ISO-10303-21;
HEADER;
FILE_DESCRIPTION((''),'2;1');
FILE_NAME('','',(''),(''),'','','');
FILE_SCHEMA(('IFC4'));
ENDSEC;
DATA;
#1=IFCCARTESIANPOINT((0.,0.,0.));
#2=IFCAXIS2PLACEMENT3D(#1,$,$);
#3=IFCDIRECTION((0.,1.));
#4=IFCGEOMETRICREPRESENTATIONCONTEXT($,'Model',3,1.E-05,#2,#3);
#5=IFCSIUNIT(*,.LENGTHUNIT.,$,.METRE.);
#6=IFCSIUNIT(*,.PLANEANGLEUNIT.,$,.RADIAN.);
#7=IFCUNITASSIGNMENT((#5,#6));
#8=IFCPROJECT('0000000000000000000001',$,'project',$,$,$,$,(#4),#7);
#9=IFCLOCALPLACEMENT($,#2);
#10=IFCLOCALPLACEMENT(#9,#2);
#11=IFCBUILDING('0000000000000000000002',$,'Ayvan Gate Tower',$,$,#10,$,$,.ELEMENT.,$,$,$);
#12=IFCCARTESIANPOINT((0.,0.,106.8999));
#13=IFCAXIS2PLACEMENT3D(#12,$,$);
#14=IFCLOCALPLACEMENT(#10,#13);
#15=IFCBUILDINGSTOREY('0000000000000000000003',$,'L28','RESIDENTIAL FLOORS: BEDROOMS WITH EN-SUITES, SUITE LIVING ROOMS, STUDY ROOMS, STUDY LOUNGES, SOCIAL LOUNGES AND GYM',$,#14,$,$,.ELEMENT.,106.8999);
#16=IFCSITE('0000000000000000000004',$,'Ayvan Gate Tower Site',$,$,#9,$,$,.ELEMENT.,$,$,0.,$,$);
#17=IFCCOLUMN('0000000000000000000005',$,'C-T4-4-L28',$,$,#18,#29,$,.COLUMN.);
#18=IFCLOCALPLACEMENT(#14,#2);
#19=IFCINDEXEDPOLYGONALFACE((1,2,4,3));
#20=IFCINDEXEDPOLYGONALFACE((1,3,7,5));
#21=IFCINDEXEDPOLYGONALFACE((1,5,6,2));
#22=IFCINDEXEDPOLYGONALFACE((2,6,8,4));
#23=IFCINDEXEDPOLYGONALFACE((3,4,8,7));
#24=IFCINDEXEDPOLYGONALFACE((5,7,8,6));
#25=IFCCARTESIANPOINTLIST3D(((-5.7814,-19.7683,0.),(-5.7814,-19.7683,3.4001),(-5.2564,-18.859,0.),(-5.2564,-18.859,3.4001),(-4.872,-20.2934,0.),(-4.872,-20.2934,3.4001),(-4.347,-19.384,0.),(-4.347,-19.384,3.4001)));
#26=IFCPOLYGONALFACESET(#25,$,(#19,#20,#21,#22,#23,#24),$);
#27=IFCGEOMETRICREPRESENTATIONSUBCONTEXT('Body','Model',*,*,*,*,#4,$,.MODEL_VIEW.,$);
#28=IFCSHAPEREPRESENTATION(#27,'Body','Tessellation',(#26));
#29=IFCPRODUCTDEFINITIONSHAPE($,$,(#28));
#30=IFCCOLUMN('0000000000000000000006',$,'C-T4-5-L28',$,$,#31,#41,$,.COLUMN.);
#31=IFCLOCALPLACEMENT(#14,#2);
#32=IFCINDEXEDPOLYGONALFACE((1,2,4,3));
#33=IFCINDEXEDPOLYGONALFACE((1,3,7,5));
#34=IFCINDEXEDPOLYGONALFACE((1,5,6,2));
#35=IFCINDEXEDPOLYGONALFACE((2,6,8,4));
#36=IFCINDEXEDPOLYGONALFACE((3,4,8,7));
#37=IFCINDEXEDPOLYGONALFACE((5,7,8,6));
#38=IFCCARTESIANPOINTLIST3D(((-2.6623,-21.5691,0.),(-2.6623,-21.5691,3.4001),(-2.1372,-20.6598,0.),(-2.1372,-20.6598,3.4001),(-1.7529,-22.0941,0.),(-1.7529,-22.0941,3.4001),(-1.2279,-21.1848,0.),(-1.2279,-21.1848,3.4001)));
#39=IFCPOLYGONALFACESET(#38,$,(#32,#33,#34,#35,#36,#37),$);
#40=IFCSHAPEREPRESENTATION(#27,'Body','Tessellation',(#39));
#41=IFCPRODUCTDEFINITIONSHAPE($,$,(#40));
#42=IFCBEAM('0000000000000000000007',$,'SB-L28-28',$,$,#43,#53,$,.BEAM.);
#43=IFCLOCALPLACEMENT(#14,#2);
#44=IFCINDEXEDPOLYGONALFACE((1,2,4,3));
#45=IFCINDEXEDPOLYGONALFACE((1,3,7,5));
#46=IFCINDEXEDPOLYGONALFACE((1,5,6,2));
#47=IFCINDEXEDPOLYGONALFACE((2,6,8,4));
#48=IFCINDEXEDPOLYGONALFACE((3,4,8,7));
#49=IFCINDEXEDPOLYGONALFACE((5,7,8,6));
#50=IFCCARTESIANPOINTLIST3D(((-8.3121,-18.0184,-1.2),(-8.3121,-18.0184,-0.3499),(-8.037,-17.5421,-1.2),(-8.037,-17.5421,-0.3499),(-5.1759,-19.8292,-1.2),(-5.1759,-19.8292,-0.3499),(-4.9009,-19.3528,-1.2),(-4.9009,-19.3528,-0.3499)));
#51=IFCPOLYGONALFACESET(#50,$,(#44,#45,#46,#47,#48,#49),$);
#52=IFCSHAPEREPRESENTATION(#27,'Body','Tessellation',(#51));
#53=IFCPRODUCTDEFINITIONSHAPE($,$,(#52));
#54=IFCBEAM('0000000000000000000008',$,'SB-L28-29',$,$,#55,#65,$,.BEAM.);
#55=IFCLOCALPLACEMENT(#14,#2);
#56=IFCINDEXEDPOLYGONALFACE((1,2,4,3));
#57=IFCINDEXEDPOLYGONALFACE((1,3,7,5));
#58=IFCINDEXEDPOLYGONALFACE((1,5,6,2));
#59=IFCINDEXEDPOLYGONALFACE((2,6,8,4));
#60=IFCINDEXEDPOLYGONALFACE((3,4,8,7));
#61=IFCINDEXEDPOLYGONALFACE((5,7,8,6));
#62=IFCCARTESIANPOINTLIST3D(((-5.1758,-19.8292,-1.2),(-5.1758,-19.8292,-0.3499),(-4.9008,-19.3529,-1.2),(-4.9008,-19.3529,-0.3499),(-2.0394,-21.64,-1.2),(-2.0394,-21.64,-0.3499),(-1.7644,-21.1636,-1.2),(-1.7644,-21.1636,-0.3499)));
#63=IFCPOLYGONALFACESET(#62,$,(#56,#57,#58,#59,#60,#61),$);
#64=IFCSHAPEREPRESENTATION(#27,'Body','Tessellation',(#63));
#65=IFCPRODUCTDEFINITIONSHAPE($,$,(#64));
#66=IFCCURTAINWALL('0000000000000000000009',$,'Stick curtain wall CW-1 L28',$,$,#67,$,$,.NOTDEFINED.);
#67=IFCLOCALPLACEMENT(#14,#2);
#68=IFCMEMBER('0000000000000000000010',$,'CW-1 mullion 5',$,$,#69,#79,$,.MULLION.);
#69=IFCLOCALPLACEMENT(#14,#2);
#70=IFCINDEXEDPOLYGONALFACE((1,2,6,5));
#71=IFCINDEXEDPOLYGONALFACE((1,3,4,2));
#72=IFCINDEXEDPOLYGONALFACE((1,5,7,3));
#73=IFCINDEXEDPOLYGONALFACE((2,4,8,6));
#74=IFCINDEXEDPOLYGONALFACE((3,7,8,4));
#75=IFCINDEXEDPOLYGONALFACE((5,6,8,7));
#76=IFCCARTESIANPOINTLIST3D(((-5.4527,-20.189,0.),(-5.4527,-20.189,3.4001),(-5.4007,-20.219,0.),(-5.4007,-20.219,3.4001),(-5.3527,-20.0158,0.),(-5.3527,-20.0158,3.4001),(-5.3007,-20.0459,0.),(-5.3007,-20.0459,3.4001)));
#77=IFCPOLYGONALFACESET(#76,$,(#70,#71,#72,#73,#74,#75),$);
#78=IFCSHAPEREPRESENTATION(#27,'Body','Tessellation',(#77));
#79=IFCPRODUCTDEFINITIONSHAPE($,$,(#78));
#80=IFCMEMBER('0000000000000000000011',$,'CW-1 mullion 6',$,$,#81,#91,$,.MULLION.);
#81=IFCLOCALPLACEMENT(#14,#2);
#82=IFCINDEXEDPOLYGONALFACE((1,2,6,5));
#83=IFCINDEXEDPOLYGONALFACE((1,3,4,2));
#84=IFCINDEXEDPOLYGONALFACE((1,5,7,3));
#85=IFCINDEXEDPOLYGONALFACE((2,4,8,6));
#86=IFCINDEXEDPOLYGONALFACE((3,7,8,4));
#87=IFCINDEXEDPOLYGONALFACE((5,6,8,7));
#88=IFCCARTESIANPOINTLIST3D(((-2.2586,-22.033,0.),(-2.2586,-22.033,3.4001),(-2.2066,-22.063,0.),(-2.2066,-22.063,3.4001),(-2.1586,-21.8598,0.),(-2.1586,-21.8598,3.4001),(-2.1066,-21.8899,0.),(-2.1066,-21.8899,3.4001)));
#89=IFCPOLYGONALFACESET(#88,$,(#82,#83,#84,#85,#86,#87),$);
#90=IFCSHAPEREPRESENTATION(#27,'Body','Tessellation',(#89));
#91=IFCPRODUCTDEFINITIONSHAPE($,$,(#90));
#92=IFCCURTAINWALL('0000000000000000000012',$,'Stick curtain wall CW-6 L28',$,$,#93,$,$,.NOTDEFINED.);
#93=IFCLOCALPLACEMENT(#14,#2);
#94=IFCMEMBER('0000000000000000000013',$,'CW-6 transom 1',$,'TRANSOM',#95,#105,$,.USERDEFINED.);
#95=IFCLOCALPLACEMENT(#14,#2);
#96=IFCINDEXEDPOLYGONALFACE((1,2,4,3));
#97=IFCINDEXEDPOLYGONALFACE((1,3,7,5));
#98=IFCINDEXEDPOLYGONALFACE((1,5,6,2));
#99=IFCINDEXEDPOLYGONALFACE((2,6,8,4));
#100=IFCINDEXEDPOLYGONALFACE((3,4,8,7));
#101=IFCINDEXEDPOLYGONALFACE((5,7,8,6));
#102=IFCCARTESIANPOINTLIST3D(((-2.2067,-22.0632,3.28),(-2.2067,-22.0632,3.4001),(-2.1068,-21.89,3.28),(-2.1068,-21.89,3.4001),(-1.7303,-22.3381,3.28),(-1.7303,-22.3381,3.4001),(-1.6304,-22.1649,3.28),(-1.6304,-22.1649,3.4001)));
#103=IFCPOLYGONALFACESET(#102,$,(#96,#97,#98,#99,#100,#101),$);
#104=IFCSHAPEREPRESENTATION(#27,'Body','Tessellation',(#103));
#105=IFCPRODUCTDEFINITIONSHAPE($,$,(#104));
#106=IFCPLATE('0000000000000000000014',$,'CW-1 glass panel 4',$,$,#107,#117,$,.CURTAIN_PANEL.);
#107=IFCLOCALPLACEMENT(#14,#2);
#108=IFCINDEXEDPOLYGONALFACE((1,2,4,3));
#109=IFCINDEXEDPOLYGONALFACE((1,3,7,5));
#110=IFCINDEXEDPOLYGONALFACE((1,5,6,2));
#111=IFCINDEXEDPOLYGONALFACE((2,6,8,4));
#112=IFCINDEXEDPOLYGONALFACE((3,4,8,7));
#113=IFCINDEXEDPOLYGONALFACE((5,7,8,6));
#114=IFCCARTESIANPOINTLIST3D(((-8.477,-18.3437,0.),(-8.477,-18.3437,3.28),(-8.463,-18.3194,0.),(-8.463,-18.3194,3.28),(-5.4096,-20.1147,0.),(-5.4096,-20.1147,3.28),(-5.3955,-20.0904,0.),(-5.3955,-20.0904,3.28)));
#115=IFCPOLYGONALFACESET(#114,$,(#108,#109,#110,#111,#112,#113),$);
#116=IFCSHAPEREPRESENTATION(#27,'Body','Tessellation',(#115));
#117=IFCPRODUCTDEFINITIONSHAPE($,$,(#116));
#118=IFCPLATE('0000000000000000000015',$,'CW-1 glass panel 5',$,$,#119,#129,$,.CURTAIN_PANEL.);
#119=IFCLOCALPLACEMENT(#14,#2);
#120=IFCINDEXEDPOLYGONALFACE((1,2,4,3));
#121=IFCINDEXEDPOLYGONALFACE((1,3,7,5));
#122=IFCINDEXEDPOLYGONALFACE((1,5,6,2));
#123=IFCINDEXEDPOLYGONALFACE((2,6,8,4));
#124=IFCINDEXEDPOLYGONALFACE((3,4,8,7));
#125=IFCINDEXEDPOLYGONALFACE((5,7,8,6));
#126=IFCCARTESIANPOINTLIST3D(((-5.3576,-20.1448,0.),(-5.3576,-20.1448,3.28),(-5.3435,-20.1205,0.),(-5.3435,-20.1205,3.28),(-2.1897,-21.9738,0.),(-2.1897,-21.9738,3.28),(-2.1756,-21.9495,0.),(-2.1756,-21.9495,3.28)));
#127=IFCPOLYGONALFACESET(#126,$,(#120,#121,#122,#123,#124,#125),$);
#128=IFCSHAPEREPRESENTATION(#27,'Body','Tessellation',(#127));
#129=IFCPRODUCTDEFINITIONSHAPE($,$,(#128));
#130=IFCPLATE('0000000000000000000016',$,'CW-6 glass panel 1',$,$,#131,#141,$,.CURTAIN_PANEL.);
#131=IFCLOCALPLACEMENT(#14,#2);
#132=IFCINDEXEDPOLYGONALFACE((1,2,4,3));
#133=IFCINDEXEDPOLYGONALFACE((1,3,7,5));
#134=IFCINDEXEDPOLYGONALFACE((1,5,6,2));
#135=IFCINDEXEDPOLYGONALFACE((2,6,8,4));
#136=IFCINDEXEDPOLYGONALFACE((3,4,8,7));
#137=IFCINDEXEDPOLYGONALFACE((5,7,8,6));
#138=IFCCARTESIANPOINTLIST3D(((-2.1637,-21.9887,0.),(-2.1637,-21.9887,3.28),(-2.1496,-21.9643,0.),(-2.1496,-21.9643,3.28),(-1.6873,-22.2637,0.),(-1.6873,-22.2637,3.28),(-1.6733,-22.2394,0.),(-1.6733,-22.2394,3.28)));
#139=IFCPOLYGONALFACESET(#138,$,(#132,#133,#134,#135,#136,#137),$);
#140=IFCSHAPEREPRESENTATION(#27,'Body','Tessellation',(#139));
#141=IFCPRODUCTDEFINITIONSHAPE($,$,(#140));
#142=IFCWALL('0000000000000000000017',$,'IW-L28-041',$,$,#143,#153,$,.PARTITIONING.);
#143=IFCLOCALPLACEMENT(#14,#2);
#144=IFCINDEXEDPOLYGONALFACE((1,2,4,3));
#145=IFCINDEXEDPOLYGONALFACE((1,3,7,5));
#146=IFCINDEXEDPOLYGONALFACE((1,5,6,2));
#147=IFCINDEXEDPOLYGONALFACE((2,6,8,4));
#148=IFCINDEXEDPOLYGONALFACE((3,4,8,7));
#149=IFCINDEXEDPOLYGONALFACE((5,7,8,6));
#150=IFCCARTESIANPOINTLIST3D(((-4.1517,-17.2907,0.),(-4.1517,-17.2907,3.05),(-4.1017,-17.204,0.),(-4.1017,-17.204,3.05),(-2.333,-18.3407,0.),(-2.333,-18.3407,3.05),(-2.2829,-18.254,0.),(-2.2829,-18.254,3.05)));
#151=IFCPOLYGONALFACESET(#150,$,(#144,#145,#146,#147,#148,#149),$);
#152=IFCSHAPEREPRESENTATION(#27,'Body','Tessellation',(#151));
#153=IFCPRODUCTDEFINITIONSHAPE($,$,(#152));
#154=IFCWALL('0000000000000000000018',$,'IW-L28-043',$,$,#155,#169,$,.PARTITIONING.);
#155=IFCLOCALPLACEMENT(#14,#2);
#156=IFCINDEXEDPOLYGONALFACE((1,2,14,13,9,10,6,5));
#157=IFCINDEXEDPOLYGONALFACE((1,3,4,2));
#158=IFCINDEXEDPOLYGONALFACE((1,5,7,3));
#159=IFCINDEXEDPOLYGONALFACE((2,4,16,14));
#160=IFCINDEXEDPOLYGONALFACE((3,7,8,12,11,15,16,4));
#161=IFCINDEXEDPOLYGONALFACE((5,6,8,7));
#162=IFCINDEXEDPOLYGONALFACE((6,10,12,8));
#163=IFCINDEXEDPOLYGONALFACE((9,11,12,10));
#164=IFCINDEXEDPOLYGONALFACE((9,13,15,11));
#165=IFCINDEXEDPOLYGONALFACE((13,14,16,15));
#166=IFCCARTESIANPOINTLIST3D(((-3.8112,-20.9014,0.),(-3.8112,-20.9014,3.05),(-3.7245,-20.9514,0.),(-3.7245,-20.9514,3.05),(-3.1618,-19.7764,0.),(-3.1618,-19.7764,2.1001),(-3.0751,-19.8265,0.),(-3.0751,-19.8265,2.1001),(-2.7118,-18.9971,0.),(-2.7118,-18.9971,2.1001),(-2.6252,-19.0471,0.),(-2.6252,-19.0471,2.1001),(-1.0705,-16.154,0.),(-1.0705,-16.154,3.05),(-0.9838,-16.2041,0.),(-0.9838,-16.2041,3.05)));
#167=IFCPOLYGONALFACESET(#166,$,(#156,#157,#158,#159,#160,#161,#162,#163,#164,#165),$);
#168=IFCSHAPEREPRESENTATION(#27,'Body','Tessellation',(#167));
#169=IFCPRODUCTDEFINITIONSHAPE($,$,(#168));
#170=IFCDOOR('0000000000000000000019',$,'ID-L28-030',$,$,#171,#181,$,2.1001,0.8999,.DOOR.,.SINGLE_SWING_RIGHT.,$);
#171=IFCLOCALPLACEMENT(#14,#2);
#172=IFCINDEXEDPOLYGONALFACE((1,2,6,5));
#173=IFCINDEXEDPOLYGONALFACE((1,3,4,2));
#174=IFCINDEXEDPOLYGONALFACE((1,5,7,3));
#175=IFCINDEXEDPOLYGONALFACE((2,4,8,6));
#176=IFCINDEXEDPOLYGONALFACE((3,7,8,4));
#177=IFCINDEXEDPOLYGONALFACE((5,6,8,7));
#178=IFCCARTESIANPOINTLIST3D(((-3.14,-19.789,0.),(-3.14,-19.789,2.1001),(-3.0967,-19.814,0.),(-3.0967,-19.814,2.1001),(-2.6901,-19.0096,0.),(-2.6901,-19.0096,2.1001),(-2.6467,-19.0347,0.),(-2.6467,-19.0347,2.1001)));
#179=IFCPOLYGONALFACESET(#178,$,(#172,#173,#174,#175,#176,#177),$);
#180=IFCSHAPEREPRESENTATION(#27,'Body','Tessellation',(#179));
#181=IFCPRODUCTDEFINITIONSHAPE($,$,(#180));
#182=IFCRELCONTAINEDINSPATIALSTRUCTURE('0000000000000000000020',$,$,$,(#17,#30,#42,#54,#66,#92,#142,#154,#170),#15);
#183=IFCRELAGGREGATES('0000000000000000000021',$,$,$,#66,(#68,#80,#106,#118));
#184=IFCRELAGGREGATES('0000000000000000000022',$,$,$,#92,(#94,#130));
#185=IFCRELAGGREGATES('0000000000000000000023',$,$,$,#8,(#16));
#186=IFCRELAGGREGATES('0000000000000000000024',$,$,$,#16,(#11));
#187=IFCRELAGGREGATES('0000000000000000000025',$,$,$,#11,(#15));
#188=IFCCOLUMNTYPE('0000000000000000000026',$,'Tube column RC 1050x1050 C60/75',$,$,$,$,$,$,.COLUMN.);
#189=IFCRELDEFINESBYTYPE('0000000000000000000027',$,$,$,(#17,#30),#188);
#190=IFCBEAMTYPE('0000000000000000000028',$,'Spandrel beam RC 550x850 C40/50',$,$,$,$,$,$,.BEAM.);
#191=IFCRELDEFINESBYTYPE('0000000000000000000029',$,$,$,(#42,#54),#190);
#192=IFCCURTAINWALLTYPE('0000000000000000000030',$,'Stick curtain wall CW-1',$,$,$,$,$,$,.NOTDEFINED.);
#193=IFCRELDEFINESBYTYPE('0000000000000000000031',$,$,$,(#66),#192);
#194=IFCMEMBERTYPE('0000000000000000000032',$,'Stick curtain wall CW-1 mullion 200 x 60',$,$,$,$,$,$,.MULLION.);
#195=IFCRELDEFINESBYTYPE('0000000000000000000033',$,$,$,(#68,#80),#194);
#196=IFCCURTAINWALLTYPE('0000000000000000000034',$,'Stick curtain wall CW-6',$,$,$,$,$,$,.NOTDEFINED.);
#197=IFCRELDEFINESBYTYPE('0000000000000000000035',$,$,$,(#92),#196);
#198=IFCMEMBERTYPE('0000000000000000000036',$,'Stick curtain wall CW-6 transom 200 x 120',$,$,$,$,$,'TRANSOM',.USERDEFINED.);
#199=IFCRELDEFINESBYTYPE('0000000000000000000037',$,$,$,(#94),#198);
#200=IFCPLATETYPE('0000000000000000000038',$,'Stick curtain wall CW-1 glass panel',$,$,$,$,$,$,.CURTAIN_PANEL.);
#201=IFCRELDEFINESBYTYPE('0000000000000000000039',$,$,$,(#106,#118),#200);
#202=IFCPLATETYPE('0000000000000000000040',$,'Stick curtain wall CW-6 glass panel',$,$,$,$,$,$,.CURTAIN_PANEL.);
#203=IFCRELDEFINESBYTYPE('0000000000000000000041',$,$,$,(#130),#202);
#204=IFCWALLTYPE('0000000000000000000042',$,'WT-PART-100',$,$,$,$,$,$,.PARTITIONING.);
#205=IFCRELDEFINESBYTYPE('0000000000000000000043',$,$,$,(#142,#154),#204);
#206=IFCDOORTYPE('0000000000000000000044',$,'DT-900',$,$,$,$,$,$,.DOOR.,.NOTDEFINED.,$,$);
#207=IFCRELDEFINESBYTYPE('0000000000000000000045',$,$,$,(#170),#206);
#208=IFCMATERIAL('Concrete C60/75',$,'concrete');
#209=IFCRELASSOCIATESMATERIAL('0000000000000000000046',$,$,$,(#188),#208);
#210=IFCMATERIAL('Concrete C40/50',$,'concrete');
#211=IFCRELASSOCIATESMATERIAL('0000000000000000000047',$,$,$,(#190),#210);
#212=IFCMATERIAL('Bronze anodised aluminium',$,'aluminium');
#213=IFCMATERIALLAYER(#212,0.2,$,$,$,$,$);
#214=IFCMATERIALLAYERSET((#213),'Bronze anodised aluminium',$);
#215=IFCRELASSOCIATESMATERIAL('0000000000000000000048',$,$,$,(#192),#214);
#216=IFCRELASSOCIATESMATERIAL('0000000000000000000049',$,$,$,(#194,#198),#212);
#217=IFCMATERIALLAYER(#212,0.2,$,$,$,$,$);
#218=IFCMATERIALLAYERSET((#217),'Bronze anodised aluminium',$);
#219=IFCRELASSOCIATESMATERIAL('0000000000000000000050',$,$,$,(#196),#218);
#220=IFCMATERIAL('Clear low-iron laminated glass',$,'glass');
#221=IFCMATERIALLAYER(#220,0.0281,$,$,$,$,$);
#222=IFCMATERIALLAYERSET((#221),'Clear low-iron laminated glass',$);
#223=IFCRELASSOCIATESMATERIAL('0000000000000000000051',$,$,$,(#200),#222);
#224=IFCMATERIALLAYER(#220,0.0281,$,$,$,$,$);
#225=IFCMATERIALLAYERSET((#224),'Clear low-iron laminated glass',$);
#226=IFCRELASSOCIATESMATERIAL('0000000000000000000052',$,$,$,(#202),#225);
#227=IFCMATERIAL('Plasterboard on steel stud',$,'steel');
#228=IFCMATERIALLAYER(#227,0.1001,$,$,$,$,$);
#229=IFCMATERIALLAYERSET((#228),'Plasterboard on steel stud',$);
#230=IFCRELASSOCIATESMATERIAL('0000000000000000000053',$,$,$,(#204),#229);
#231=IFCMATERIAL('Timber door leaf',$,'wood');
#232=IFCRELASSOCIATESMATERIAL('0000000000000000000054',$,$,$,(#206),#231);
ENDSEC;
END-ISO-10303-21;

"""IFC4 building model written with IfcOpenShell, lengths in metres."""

from ifc_helpers import new_model, si_unit, direction, frame, frame_2d, origin, origin_2d, place, context, subcontext, project, spatial, rectangle, extrude, material, layer, layer_set, material_profile, profile_set, type_object, element, fill, aggregate, save


model = new_model("IFC4")

# Units and contexts
model_context = context("Model", 3, precision=1e-05, world=origin(), true_north=direction((0.0, 1.0)))
body_context = subcontext(model_context, "Body", "Model", "MODEL_VIEW")
ifc_project = project(units=[si_unit("LENGTHUNIT", "METRE"), si_unit("PLANEANGLEUNIT", "RADIAN")], contexts=[model_context])

# Site, building, storey
site_placement = place(None, origin())
site = spatial("IfcSite", under=ifc_project, at=site_placement, Name="Ayvan Gate Tower Site", CompositionType="ELEMENT", RefElevation=0.0)
building_placement = place(site_placement, origin())
building = spatial("IfcBuilding", under=site, at=building_placement, Name="Ayvan Gate Tower", CompositionType="ELEMENT")
storey_placement = place(building_placement, frame((0.0, 0.0, 106.8999)))
storey = spatial("IfcBuildingStorey", under=building, at=storey_placement, Name="L28", Description="RESIDENTIAL FLOORS: BEDROOMS WITH EN-SUITES, SUITE LIVING ROOMS, STUDY ROOMS, STUDY LOUNGES, SOCIAL LOUNGES AND GYM", CompositionType="ELEMENT", Elevation=106.8999)

# Columns
ifc_material_1 = material(Name="Concrete C60/75", Category="concrete")
ifc_material_profile_1 = material_profile(ifc_material_1, rectangle(XDim=1.05, YDim=1.05, at=origin_2d()), Name="RC 1050x1050")
ifc_profile_set_1 = profile_set([ifc_material_profile_1], Name="Concrete C60/75")
column_type = type_object("IfcColumnType", Name="Tube column RC 1050x1050 C60/75", PredefinedType="COLUMN", material=ifc_profile_set_1)
for number, where, z_axis, x_axis, name in (
    (1, (-5.0642, -19.5762, 0.0), (0.0, 0.0, 1.0), (-0.5, -0.866025, 0.0), "C-T4-4-L28"),
    (2, (-1.9451, -21.377, 0.0), (0.0, 0.0, 1.0), (-0.5, -0.866025, 0.0), "C-T4-5-L28"),
):
    element("IfcColumn", number, at=place(storey_placement, frame(where, z_axis=z_axis, x_axis=x_axis)), inside=storey, type_object=column_type, Name=name, PredefinedType="COLUMN", context=body_context, shape_type="SweptSolid", body=[
        extrude(rectangle(XDim=1.05, YDim=1.05, at=origin_2d()), origin(), (0.0, 0.0, 1.0), 3.4001),
    ])

# Beams
ifc_material_2 = material(Name="Concrete C40/50", Category="concrete")
ifc_material_profile_2 = material_profile(ifc_material_2, rectangle(XDim=0.55, YDim=0.8501, at=origin_2d()), Name="RC 550x850")
ifc_profile_set_2 = profile_set([ifc_material_profile_2], Name="Concrete C40/50")
beam_type = type_object("IfcBeamType", Name="Spandrel beam RC 550x850 C40/50", PredefinedType="BEAM", material=ifc_profile_set_2)
beam_1_placement = place(storey_placement, frame((-8.1746, -17.7803, -0.7749), z_axis=(0.866015, -0.500018, 0.0), x_axis=(0.500018, 0.866015, 0.0)))
element("IfcBeam", 3, at=beam_1_placement, inside=storey, type_object=beam_type, Name="SB-L28-28", PredefinedType="BEAM", context=body_context, shape_type="SweptSolid", body=[
    extrude(rectangle(XDim=0.55, YDim=0.8501, at=origin_2d()), origin(), (0.0, 0.0, 1.0), 3.6213),
])
beam_2_placement = place(storey_placement, frame((-5.0383, -19.5911, -0.7749), z_axis=(0.866032, -0.499989, 0.0), x_axis=(0.499989, 0.866032, 0.0)))
element("IfcBeam", 4, at=beam_2_placement, inside=storey, type_object=beam_type, Name="SB-L28-29", PredefinedType="BEAM", context=body_context, shape_type="SweptSolid", body=[
    extrude(rectangle(XDim=0.55, YDim=0.8501, at=origin_2d()), origin(), (0.0, 0.0, 1.0), 3.6216),
])

# Curtain wall, members
ifc_material_3 = material(Name="Bronze anodised aluminium", Category="aluminium")
ifc_layer_1 = layer(ifc_material_3, 0.2)
ifc_layer_set_1 = layer_set([ifc_layer_1], Name="Bronze anodised aluminium")
curtain_wall_type_1 = type_object("IfcCurtainWallType", Name="Stick curtain wall CW-1", PredefinedType="NOTDEFINED", material=ifc_layer_set_1)
curtain_wall_1_placement = place(storey_placement, origin())
curtain_wall_1 = element("IfcCurtainWall", 5, at=curtain_wall_1_placement, inside=storey, type_object=curtain_wall_type_1, Name="Stick curtain wall CW-1 L28", PredefinedType="NOTDEFINED")
ifc_material_profile_3 = material_profile(ifc_material_3, rectangle(XDim=0.2, YDim=0.0601, at=origin_2d()), Name="Stick curtain wall CW-1 mullion 200 x 60")
ifc_profile_set_3 = profile_set([ifc_material_profile_3], Name="Bronze anodised aluminium")
member_type_1 = type_object("IfcMemberType", Name="Stick curtain wall CW-1 mullion 200 x 60", PredefinedType="MULLION", material=ifc_profile_set_3)
member_1_placement = place(storey_placement, frame((-5.3767, -20.1174, 0.0), z_axis=(0.0, 0.0, 1.0), x_axis=(-0.5, -0.866025, 0.0)))
member_1 = element("IfcMember", 6, at=member_1_placement, type_object=member_type_1, Name="CW-1 mullion 5", PredefinedType="MULLION", context=body_context, shape_type="SweptSolid", body=[
    extrude(rectangle(XDim=0.2, YDim=0.0601, at=origin_2d()), origin(), (0.0, 0.0, 1.0), 3.4001),
])
member_2_placement = place(storey_placement, frame((-2.1826, -21.9614, 0.0), z_axis=(0.0, 0.0, 1.0), x_axis=(-0.5, -0.866025, 0.0)))
member_2 = element("IfcMember", 7, at=member_2_placement, type_object=member_type_1, Name="CW-1 mullion 6", PredefinedType="MULLION", context=body_context, shape_type="SweptSolid", body=[
    extrude(rectangle(XDim=0.2, YDim=0.0601, at=origin_2d()), origin(), (0.0, 0.0, 1.0), 3.4001),
])

# Curtain wall, member
ifc_layer_2 = layer(ifc_material_3, 0.2)
ifc_layer_set_2 = layer_set([ifc_layer_2], Name="Bronze anodised aluminium")
curtain_wall_type_2 = type_object("IfcCurtainWallType", Name="Stick curtain wall CW-6", PredefinedType="NOTDEFINED", material=ifc_layer_set_2)
curtain_wall_2_placement = place(storey_placement, origin())
curtain_wall_2 = element("IfcCurtainWall", 8, at=curtain_wall_2_placement, inside=storey, type_object=curtain_wall_type_2, Name="Stick curtain wall CW-6 L28", PredefinedType="NOTDEFINED")
ifc_material_profile_4 = material_profile(ifc_material_3, rectangle(XDim=0.2, YDim=0.1201, at=origin_2d()), Name="Stick curtain wall CW-6 transom 200 x 120")
ifc_profile_set_4 = profile_set([ifc_material_profile_4], Name="Bronze anodised aluminium")
member_type_2 = type_object("IfcMemberType", Name="Stick curtain wall CW-6 transom 200 x 120", ElementType="TRANSOM", PredefinedType="USERDEFINED", material=ifc_profile_set_4)
member_3_placement = place(storey_placement, frame((-2.1567, -21.9766, 3.3401), z_axis=(0.866104, -0.499863, 0.0), x_axis=(0.499863, 0.866104, 0.0)))
member_3 = element("IfcMember", 9, at=member_3_placement, type_object=member_type_2, Name="CW-6 transom 1", ObjectType="TRANSOM", PredefinedType="USERDEFINED", context=body_context, shape_type="SweptSolid", body=[
    extrude(rectangle(XDim=0.2, YDim=0.1201, at=origin_2d()), origin(), (0.0, 0.0, 1.0), 0.55),
])

# Plates
ifc_material_4 = material(Name="Clear low-iron laminated glass", Category="glass")
ifc_layer_3 = layer(ifc_material_4, 0.0281)
ifc_layer_set_3 = layer_set([ifc_layer_3], Name="Clear low-iron laminated glass")
plate_type_1 = type_object("IfcPlateType", Name="Stick curtain wall CW-1 glass panel", PredefinedType="CURTAIN_PANEL", material=ifc_layer_set_3)
plate_1_placement = place(storey_placement, frame((-6.9363, -19.217, 0.0), z_axis=(0.0, 0.0, 1.0), x_axis=(0.866025, -0.5, 0.0)))
plate_1 = element("IfcPlate", 10, at=plate_1_placement, type_object=plate_type_1, Name="CW-1 glass panel 4", PredefinedType="CURTAIN_PANEL", context=body_context, shape_type="SweptSolid", body=[
    extrude(rectangle(XDim=3.542, YDim=0.0281, at=origin_2d()), origin(), (0.0, 0.0, 1.0), 3.28),
])
plate_2_placement = place(storey_placement, frame((-3.7666, -21.0471, 0.0), z_axis=(0.0, 0.0, 1.0), x_axis=(0.866025, -0.5, 0.0)))
plate_2 = element("IfcPlate", 11, at=plate_2_placement, type_object=plate_type_1, Name="CW-1 glass panel 5", PredefinedType="CURTAIN_PANEL", context=body_context, shape_type="SweptSolid", body=[
    extrude(rectangle(XDim=3.658, YDim=0.0281, at=origin_2d()), origin(), (0.0, 0.0, 1.0), 3.28),
])
aggregate(curtain_wall_1, [member_1, member_2, plate_1, plate_2])
ifc_layer_4 = layer(ifc_material_4, 0.0281)
ifc_layer_set_4 = layer_set([ifc_layer_4], Name="Clear low-iron laminated glass")
plate_type_2 = type_object("IfcPlateType", Name="Stick curtain wall CW-6 glass panel", PredefinedType="CURTAIN_PANEL", material=ifc_layer_set_4)
plate_3_placement = place(storey_placement, frame((-1.9185, -22.114, 0.0), z_axis=(0.0, 0.0, 1.0), x_axis=(0.866025, -0.5, 0.0)))
plate_3 = element("IfcPlate", 12, at=plate_3_placement, type_object=plate_type_2, Name="CW-6 glass panel 1", PredefinedType="CURTAIN_PANEL", context=body_context, shape_type="SweptSolid", body=[
    extrude(rectangle(XDim=0.55, YDim=0.0281, at=origin_2d()), origin(), (0.0, 0.0, 1.0), 3.28),
])
aggregate(curtain_wall_2, [member_3, plate_3])

# Wall
ifc_material_5 = material(Name="Plasterboard on steel stud", Category="steel")
ifc_layer_5 = layer(ifc_material_5, 0.1001)
ifc_layer_set_5 = layer_set([ifc_layer_5], Name="Plasterboard on steel stud")
wall_type_1 = type_object("IfcWallType", Name="WT-PART-100", PredefinedType="PARTITIONING", material=ifc_layer_set_5)
wall_1_placement = place(storey_placement, frame((-4.1267, -17.2473, 0.0), z_axis=(0.0, 0.0, 1.0), x_axis=(0.866038, -0.499977, 0.0)))
element("IfcWall", 13, at=wall_1_placement, inside=storey, type_object=wall_type_1, Name="IW-L28-041", PredefinedType="PARTITIONING", context=body_context, shape_type="SweptSolid", body=[
    extrude(rectangle(XDim=2.1001, YDim=0.1001, at=frame_2d((1.05, 0.0))), origin(), (0.0, 0.0, 1.0), 3.05),
])

# Wall, opening, door
wall_2_placement = place(storey_placement, frame((-3.7678, -20.9263, 0.0), z_axis=(0.0, 0.0, 1.0), x_axis=(0.499981, 0.866037, 0.0)))
wall_2 = element("IfcWall", 14, at=wall_2_placement, inside=storey, type_object=wall_type_1, Name="IW-L28-043", PredefinedType="PARTITIONING", context=body_context, shape_type="SweptSolid", body=[
    extrude(rectangle(XDim=5.4817, YDim=0.1001, at=frame_2d((2.7407, 0.0))), origin(), (0.0, 0.0, 1.0), 3.05),
])
opening_1_placement = place(wall_2_placement, frame((1.2988, 0.0, 0.0)))
opening_1 = element("IfcOpeningElement", 15, at=opening_1_placement, cuts=wall_2, PredefinedType="OPENING", context=body_context, shape_type="SweptSolid", body=[
    extrude(rectangle(XDim=0.8999, YDim=2.1001, at=frame_2d((0.45, 1.05))), frame((0.0, 0.0601, 0.0), z_axis=(0.0, -1.0, 0.0), x_axis=(1.0, 0.0, 0.0)), (0.0, 0.0, 1.0), 0.1201),
])
ifc_material_6 = material(Name="Timber door leaf", Category="wood")
door_type_1 = type_object("IfcDoorType", Name="DT-900", OperationType="NOTDEFINED", PredefinedType="DOOR", material=ifc_material_6)
door_1_placement = place(opening_1_placement, origin())
door_1 = element("IfcDoor", 16, at=door_1_placement, inside=storey, type_object=door_type_1, Name="ID-L28-030", OperationType="SINGLE_SWING_RIGHT", OverallHeight=2.1001, OverallWidth=0.8999, PredefinedType="DOOR", context=body_context, shape_type="SweptSolid", body=[
    extrude(rectangle(XDim=0.8999, YDim=2.1001, at=frame_2d((0.45, 1.05))), frame((0.0, 0.0249, 0.0), z_axis=(0.0, -1.0, 0.0), x_axis=(1.0, 0.0, 0.0)), (0.0, 0.0, 1.0), 0.05),
])
fill(opening_1, door_1)

save(model, "model.ifc")
